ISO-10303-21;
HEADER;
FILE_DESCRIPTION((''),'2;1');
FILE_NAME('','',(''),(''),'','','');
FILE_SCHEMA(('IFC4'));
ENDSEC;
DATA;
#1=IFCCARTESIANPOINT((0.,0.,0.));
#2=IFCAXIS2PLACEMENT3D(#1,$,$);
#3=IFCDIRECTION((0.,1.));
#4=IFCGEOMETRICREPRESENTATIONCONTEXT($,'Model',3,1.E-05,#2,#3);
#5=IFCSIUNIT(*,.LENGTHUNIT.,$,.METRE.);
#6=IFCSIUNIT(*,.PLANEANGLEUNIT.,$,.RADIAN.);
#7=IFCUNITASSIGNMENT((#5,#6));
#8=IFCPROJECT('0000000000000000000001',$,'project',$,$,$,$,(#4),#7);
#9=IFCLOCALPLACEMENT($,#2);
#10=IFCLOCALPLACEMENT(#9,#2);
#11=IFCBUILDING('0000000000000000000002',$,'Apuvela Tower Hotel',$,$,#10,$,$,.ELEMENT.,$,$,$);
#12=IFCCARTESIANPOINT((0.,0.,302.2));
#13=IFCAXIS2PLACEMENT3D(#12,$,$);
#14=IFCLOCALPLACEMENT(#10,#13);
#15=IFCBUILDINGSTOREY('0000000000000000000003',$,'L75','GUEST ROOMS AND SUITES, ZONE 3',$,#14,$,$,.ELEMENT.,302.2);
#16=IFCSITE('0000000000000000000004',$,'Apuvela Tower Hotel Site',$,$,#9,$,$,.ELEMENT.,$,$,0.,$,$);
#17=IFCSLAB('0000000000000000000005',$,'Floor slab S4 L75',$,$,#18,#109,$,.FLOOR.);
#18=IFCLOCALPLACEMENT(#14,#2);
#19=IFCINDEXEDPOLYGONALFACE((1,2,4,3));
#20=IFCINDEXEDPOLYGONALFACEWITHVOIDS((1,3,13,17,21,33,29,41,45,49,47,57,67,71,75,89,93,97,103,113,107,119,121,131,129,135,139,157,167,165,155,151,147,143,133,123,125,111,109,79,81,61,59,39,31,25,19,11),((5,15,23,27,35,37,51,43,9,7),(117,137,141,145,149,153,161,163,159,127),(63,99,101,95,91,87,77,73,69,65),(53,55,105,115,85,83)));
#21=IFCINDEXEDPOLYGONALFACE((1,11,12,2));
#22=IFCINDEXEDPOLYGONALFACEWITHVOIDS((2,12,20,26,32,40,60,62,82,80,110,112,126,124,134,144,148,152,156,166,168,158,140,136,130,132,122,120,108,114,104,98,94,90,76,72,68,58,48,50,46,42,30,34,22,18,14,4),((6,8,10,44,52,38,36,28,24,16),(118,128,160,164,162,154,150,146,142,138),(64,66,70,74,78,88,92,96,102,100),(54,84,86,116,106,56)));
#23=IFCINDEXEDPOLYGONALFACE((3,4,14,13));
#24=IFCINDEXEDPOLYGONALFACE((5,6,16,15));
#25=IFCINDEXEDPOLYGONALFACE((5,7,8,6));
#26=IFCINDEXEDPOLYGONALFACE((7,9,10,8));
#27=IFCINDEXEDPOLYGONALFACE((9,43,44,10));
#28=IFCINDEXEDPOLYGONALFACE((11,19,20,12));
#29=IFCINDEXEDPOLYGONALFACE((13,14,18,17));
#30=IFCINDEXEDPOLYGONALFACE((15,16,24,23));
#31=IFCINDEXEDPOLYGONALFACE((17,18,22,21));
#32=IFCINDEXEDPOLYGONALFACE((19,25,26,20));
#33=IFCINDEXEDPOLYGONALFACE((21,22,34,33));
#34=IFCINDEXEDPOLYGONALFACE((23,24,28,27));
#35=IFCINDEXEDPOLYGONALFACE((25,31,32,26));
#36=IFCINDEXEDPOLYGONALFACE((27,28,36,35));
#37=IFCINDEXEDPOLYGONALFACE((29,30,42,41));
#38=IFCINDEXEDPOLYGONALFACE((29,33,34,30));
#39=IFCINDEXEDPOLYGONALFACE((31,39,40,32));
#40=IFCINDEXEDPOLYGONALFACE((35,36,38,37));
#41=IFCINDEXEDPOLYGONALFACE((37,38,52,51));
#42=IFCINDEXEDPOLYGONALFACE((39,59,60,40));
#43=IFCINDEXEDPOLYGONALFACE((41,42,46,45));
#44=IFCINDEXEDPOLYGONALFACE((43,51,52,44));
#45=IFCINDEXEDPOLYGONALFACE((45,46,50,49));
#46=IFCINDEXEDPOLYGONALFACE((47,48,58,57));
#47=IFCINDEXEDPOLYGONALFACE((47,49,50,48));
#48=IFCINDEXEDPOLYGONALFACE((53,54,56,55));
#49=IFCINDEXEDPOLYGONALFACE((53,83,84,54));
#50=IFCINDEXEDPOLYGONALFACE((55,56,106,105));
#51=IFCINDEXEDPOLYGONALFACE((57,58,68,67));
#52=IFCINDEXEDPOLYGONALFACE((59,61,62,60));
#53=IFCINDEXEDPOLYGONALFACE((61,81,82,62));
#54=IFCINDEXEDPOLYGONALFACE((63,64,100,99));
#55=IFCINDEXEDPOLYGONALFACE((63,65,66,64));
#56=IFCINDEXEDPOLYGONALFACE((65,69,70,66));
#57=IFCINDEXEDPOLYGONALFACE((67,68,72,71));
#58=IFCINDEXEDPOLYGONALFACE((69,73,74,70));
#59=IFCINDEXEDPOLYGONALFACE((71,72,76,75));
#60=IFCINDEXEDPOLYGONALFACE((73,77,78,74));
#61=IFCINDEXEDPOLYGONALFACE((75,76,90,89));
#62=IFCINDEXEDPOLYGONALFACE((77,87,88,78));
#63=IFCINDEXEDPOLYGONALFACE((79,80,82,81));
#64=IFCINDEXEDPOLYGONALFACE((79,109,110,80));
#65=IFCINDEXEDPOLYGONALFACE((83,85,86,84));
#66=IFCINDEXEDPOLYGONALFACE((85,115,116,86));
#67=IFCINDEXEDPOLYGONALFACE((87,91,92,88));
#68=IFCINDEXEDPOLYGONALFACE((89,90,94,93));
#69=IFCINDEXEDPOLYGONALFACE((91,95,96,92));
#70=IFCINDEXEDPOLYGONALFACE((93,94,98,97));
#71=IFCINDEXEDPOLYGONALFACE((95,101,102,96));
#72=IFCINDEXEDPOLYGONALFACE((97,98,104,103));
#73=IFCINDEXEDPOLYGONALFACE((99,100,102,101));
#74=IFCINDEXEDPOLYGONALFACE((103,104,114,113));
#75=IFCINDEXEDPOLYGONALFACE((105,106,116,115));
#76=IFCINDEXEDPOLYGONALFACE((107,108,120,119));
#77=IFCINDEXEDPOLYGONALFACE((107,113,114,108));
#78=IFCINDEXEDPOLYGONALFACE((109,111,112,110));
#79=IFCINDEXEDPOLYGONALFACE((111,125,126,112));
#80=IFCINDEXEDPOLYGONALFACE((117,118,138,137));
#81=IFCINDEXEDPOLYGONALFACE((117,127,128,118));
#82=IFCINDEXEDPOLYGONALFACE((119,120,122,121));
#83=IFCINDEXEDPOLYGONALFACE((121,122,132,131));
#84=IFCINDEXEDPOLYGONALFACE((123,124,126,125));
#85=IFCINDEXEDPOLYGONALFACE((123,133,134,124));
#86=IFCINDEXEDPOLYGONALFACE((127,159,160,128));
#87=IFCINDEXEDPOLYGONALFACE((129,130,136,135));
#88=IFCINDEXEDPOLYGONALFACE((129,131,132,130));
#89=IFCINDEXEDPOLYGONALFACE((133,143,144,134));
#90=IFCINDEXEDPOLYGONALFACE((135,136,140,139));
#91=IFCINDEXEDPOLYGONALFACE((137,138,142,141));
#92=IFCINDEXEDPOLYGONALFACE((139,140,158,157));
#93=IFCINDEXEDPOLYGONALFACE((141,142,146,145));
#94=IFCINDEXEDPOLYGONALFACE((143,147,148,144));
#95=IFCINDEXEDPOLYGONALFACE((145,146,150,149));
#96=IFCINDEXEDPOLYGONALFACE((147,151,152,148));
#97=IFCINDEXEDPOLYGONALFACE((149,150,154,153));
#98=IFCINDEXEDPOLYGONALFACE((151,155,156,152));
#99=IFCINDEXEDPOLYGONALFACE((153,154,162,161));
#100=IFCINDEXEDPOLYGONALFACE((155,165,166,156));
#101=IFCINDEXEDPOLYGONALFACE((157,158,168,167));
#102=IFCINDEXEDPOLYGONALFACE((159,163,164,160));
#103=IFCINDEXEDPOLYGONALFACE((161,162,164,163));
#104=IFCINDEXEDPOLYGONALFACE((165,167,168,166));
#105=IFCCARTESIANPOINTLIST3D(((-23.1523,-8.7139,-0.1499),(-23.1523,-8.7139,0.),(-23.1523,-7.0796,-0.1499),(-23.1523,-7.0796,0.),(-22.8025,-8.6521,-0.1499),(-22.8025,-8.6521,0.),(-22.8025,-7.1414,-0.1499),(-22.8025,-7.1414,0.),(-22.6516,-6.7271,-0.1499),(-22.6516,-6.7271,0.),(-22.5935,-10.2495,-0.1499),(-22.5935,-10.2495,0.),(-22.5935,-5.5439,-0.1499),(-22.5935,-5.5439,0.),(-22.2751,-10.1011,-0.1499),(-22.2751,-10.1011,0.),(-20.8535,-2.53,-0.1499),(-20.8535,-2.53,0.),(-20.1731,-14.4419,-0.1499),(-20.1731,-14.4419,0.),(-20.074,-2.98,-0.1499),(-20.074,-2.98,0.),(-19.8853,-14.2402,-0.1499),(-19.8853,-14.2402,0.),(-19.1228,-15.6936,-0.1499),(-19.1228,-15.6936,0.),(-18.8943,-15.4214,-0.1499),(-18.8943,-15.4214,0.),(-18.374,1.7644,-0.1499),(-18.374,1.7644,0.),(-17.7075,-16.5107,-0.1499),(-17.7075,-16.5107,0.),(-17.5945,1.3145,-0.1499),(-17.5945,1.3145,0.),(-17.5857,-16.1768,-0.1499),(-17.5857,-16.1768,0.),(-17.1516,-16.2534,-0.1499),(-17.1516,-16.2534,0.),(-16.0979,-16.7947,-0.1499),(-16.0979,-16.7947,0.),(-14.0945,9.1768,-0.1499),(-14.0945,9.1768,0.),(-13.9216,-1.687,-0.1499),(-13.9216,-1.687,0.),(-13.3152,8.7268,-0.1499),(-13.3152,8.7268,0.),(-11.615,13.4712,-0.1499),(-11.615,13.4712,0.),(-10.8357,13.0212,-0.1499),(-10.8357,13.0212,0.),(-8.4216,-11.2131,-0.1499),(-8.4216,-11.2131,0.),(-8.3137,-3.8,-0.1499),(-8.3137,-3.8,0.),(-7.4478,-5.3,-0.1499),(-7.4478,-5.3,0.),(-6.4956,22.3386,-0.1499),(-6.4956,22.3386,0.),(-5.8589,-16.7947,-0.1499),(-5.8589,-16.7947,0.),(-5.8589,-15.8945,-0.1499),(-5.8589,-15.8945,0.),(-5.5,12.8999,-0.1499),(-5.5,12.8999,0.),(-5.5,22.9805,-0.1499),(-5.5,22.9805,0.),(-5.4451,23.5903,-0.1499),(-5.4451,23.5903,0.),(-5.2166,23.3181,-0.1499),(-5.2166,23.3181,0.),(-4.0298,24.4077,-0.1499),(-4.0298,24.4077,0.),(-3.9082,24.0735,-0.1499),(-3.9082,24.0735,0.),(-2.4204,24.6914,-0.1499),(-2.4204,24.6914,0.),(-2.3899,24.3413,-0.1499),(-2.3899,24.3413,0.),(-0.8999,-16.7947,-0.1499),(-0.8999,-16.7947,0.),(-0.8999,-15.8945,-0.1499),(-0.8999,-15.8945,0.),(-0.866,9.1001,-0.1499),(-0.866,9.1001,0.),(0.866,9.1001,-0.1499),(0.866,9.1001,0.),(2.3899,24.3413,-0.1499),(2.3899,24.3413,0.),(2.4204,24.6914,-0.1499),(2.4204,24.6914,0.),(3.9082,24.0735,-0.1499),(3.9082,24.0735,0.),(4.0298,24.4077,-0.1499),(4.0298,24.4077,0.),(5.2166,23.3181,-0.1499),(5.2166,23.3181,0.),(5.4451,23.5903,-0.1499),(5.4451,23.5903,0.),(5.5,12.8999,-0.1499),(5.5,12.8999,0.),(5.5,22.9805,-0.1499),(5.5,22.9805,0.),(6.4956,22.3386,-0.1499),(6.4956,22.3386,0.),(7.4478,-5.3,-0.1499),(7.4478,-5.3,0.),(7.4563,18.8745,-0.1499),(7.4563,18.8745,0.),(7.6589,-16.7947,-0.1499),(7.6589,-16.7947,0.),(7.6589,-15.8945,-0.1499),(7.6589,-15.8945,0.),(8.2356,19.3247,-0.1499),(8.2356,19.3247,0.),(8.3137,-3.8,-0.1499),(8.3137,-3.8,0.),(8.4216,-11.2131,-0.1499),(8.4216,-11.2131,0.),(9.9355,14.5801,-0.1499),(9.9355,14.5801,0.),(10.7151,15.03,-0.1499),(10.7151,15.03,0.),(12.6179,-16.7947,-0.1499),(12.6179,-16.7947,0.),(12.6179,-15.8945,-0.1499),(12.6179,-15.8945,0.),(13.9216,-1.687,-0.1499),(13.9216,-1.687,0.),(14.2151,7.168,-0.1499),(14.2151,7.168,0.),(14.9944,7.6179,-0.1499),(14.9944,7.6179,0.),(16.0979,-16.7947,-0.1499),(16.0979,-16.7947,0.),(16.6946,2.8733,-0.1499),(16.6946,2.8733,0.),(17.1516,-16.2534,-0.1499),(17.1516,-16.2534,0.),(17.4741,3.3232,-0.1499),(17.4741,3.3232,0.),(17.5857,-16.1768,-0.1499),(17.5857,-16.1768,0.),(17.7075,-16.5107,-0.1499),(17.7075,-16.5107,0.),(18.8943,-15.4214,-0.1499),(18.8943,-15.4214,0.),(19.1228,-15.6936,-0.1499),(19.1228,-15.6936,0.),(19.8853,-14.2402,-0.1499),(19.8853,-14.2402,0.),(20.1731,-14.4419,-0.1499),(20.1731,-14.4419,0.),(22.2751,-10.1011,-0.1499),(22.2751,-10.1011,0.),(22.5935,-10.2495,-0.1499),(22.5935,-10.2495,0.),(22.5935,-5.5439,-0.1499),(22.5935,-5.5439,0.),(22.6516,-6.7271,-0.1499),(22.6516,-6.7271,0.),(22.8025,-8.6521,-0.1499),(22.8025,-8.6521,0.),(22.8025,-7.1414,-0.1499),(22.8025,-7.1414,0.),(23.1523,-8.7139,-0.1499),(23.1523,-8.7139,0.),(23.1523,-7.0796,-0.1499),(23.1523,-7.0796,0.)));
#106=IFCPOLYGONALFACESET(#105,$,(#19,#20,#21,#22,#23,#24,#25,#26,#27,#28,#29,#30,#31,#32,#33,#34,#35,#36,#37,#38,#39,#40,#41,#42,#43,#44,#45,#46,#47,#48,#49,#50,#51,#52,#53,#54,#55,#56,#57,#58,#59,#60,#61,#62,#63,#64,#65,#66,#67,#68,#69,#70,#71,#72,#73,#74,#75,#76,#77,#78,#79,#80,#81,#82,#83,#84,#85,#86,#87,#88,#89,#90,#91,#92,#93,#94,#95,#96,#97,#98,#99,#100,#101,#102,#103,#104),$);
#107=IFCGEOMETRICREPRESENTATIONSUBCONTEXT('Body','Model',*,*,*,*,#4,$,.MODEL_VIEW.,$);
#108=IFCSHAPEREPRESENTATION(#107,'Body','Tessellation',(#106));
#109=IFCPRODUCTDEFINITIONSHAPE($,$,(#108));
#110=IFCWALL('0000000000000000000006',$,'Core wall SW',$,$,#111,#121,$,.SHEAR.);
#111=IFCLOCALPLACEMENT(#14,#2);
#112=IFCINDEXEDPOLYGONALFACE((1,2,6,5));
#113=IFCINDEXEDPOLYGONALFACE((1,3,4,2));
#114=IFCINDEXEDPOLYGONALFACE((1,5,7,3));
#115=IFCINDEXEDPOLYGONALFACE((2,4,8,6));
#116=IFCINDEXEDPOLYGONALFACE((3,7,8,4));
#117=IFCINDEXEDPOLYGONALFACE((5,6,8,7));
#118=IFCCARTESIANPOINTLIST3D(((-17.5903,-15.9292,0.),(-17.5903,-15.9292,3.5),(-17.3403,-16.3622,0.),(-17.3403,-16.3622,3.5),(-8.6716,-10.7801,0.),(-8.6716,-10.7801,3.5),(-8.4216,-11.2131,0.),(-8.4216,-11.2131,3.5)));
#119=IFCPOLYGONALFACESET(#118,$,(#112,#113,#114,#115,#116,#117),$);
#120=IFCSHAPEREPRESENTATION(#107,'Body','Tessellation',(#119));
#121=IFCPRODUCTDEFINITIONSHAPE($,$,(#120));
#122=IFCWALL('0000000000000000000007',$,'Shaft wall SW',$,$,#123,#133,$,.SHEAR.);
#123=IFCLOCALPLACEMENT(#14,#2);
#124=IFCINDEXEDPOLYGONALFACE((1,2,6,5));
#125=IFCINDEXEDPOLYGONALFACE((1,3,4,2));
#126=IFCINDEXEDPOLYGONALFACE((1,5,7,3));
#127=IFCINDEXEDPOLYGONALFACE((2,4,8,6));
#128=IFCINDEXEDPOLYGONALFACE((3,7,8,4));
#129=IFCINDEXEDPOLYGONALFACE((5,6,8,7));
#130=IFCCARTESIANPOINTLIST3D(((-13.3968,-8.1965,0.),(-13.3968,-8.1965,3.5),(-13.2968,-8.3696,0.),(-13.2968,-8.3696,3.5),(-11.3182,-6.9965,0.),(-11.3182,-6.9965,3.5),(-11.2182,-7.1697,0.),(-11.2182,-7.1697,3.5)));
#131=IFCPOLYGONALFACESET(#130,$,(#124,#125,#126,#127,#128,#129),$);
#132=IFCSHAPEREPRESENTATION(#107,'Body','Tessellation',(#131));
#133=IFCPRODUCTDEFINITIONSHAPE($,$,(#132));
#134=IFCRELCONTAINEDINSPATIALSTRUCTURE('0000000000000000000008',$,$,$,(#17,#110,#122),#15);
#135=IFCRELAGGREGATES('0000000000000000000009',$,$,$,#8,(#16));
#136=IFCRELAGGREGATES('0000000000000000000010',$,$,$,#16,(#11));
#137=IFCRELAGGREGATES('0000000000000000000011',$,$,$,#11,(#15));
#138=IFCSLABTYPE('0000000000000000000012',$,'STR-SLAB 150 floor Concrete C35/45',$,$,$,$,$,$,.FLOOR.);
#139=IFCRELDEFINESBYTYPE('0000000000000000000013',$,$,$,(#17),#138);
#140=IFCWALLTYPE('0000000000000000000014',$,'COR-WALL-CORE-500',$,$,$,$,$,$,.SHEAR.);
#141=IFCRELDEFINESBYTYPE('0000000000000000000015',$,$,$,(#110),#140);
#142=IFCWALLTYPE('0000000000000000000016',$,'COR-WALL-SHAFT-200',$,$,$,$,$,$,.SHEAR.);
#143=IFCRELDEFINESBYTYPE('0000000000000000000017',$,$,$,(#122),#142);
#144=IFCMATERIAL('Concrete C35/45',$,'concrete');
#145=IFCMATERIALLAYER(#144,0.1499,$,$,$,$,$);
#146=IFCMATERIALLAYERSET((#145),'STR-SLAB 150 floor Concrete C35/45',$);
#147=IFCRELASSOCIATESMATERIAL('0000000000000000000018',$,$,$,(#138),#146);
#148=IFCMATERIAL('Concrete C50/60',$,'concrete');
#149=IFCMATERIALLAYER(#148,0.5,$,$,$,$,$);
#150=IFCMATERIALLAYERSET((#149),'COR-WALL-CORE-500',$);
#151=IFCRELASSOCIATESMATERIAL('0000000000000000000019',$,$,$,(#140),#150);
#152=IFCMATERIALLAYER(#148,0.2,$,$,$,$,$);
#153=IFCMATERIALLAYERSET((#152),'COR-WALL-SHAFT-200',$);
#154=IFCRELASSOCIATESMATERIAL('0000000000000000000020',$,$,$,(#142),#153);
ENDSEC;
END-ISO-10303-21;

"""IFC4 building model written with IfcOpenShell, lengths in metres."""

from ifc_helpers import new_model, si_unit, direction, frame, frame_2d, origin, place, context, subcontext, project, spatial, polyline, rectangle, outline, extrude, material, layer, layer_set, type_object, element, save


model = new_model("IFC4")

# Units and contexts
model_context = context("Model", 3, precision=1e-05, world=origin(), true_north=direction((0.0, 1.0)))
body_context = subcontext(model_context, "Body", "Model", "MODEL_VIEW")
ifc_project = project(units=[si_unit("LENGTHUNIT", "METRE"), si_unit("PLANEANGLEUNIT", "RADIAN")], contexts=[model_context])

# Site, building, storey
site_placement = place(None, origin())
site = spatial("IfcSite", under=ifc_project, at=site_placement, Name="Apuvela Tower Hotel Site", CompositionType="ELEMENT", RefElevation=0.0)
building_placement = place(site_placement, origin())
building = spatial("IfcBuilding", under=site, at=building_placement, Name="Apuvela Tower Hotel", CompositionType="ELEMENT")
storey_placement = place(building_placement, frame((0.0, 0.0, 302.2)))
storey = spatial("IfcBuildingStorey", under=building, at=storey_placement, Name="L75", Description="GUEST ROOMS AND SUITES, ZONE 3", CompositionType="ELEMENT", Elevation=302.2)

# Slab
ifc_material_1 = material(Name="Concrete C35/45", Category="concrete")
ifc_layer_1 = layer(ifc_material_1, 0.1499)
ifc_layer_set_1 = layer_set([ifc_layer_1], Name="STR-SLAB 150 floor Concrete C35/45")
slab_type = type_object("IfcSlabType", Name="STR-SLAB 150 floor Concrete C35/45", PredefinedType="FLOOR", material=ifc_layer_set_1)
slab_placement = place(storey_placement, frame((0.0, 0.0, -0.1499)))
element("IfcSlab", 1, at=slab_placement, inside=storey, type_object=slab_type, Name="Floor slab S4 L75", PredefinedType="FLOOR", context=body_context, shape_type="SweptSolid", body=[
    extrude(outline(polyline([(-5.4451, 23.5903), (-4.0298, 24.4077), (-2.4204, 24.6914), (2.4204, 24.6914), (4.0298, 24.4077), (5.4451, 23.5903), (6.4956, 22.3386), (8.2356, 19.3247), (7.4563, 18.8745), (9.9355, 14.5801), (10.7151, 15.03), (14.9944, 7.6179), (14.2151, 7.168), (16.6946, 2.8733), (17.4741, 3.3232), (22.5935, -5.5439), (23.1523, -7.0796), (23.1523, -8.7139), (22.5935, -10.2495), (20.1731, -14.4419), (19.1228, -15.6936), (17.7075, -16.5107), (16.0979, -16.7947), (12.6179, -16.7947), (12.6179, -15.8945), (7.6589, -15.8945), (7.6589, -16.7947), (-0.8999, -16.7947), (-0.8999, -15.8945), (-5.8589, -15.8945), (-5.8589, -16.7947), (-16.0979, -16.7947), (-17.7075, -16.5107), (-19.1228, -15.6936), (-20.1731, -14.4419), (-22.5935, -10.2495), (-23.1523, -8.7139), (-23.1523, -7.0796), (-22.5935, -5.5439), (-20.8535, -2.53), (-20.074, -2.98), (-17.5945, 1.3145), (-18.374, 1.7644), (-14.0945, 9.1768), (-13.3152, 8.7268), (-10.8357, 13.0212), (-11.615, 13.4712), (-6.4956, 22.3386), (-5.4451, 23.5903)]), holes=[polyline([(0.866, 9.1001), (-0.866, 9.1001), (-8.3137, -3.8), (-7.4478, -5.3), (7.4478, -5.3), (8.3137, -3.8), (0.866, 9.1001)]), polyline([(-5.5, 12.8999), (-5.5, 22.9805), (-5.2166, 23.3181), (-3.9082, 24.0735), (-2.3899, 24.3413), (2.3899, 24.3413), (3.9082, 24.0735), (5.2166, 23.3181), (5.5, 22.9805), (5.5, 12.8999), (-5.5, 12.8999)]), polyline([(-8.4216, -11.2131), (-17.1516, -16.2534), (-17.5857, -16.1768), (-18.8943, -15.4214), (-19.8853, -14.2402), (-22.2751, -10.1011), (-22.8025, -8.6521), (-22.8025, -7.1414), (-22.6516, -6.7271), (-13.9216, -1.687), (-8.4216, -11.2131)]), polyline([(13.9216, -1.687), (22.6516, -6.7271), (22.8025, -7.1414), (22.8025, -8.6521), (22.2751, -10.1011), (19.8853, -14.2402), (18.8943, -15.4214), (17.5857, -16.1768), (17.1516, -16.2534), (8.4216, -11.2131), (13.9216, -1.687)])]), origin(), (0.0, 0.0, 1.0), 0.1499),
])

# Walls
ifc_material_2 = material(Name="Concrete C50/60", Category="concrete")
ifc_layer_2 = layer(ifc_material_2, 0.5)
ifc_layer_set_2 = layer_set([ifc_layer_2], Name="COR-WALL-CORE-500")
wall_type_1 = type_object("IfcWallType", Name="COR-WALL-CORE-500", PredefinedType="SHEAR", material=ifc_layer_set_2)
wall_1_placement = place(storey_placement, frame((-8.5466, -10.9966, 0.0), z_axis=(0.0, 0.0, 1.0), x_axis=(-0.866027, -0.499997, 0.0)))
element("IfcWall", 2, at=wall_1_placement, inside=storey, type_object=wall_type_1, Name="Core wall SW", PredefinedType="SHEAR", context=body_context, shape_type="SweptSolid", body=[
    extrude(rectangle(XDim=10.2983, YDim=0.5, at=frame_2d((5.1492, 0.0))), origin(), (0.0, 0.0, 1.0), 3.5),
])
ifc_layer_3 = layer(ifc_material_2, 0.2)
ifc_layer_set_3 = layer_set([ifc_layer_3], Name="COR-WALL-SHAFT-200")
wall_type_2 = type_object("IfcWallType", Name="COR-WALL-SHAFT-200", PredefinedType="SHEAR", material=ifc_layer_set_3)
wall_2_placement = place(storey_placement, frame((-11.2681, -7.083, 0.0), z_axis=(0.0, 0.0, 1.0), x_axis=(-0.86605, -0.499957, 0.0)))
element("IfcWall", 3, at=wall_2_placement, inside=storey, type_object=wall_type_2, Name="Shaft wall SW", PredefinedType="SHEAR", context=body_context, shape_type="SweptSolid", body=[
    extrude(rectangle(XDim=2.4001, YDim=0.2, at=frame_2d((1.2002, 0.0))), origin(), (0.0, 0.0, 1.0), 3.5),
])

save(model, "model.ifc")
